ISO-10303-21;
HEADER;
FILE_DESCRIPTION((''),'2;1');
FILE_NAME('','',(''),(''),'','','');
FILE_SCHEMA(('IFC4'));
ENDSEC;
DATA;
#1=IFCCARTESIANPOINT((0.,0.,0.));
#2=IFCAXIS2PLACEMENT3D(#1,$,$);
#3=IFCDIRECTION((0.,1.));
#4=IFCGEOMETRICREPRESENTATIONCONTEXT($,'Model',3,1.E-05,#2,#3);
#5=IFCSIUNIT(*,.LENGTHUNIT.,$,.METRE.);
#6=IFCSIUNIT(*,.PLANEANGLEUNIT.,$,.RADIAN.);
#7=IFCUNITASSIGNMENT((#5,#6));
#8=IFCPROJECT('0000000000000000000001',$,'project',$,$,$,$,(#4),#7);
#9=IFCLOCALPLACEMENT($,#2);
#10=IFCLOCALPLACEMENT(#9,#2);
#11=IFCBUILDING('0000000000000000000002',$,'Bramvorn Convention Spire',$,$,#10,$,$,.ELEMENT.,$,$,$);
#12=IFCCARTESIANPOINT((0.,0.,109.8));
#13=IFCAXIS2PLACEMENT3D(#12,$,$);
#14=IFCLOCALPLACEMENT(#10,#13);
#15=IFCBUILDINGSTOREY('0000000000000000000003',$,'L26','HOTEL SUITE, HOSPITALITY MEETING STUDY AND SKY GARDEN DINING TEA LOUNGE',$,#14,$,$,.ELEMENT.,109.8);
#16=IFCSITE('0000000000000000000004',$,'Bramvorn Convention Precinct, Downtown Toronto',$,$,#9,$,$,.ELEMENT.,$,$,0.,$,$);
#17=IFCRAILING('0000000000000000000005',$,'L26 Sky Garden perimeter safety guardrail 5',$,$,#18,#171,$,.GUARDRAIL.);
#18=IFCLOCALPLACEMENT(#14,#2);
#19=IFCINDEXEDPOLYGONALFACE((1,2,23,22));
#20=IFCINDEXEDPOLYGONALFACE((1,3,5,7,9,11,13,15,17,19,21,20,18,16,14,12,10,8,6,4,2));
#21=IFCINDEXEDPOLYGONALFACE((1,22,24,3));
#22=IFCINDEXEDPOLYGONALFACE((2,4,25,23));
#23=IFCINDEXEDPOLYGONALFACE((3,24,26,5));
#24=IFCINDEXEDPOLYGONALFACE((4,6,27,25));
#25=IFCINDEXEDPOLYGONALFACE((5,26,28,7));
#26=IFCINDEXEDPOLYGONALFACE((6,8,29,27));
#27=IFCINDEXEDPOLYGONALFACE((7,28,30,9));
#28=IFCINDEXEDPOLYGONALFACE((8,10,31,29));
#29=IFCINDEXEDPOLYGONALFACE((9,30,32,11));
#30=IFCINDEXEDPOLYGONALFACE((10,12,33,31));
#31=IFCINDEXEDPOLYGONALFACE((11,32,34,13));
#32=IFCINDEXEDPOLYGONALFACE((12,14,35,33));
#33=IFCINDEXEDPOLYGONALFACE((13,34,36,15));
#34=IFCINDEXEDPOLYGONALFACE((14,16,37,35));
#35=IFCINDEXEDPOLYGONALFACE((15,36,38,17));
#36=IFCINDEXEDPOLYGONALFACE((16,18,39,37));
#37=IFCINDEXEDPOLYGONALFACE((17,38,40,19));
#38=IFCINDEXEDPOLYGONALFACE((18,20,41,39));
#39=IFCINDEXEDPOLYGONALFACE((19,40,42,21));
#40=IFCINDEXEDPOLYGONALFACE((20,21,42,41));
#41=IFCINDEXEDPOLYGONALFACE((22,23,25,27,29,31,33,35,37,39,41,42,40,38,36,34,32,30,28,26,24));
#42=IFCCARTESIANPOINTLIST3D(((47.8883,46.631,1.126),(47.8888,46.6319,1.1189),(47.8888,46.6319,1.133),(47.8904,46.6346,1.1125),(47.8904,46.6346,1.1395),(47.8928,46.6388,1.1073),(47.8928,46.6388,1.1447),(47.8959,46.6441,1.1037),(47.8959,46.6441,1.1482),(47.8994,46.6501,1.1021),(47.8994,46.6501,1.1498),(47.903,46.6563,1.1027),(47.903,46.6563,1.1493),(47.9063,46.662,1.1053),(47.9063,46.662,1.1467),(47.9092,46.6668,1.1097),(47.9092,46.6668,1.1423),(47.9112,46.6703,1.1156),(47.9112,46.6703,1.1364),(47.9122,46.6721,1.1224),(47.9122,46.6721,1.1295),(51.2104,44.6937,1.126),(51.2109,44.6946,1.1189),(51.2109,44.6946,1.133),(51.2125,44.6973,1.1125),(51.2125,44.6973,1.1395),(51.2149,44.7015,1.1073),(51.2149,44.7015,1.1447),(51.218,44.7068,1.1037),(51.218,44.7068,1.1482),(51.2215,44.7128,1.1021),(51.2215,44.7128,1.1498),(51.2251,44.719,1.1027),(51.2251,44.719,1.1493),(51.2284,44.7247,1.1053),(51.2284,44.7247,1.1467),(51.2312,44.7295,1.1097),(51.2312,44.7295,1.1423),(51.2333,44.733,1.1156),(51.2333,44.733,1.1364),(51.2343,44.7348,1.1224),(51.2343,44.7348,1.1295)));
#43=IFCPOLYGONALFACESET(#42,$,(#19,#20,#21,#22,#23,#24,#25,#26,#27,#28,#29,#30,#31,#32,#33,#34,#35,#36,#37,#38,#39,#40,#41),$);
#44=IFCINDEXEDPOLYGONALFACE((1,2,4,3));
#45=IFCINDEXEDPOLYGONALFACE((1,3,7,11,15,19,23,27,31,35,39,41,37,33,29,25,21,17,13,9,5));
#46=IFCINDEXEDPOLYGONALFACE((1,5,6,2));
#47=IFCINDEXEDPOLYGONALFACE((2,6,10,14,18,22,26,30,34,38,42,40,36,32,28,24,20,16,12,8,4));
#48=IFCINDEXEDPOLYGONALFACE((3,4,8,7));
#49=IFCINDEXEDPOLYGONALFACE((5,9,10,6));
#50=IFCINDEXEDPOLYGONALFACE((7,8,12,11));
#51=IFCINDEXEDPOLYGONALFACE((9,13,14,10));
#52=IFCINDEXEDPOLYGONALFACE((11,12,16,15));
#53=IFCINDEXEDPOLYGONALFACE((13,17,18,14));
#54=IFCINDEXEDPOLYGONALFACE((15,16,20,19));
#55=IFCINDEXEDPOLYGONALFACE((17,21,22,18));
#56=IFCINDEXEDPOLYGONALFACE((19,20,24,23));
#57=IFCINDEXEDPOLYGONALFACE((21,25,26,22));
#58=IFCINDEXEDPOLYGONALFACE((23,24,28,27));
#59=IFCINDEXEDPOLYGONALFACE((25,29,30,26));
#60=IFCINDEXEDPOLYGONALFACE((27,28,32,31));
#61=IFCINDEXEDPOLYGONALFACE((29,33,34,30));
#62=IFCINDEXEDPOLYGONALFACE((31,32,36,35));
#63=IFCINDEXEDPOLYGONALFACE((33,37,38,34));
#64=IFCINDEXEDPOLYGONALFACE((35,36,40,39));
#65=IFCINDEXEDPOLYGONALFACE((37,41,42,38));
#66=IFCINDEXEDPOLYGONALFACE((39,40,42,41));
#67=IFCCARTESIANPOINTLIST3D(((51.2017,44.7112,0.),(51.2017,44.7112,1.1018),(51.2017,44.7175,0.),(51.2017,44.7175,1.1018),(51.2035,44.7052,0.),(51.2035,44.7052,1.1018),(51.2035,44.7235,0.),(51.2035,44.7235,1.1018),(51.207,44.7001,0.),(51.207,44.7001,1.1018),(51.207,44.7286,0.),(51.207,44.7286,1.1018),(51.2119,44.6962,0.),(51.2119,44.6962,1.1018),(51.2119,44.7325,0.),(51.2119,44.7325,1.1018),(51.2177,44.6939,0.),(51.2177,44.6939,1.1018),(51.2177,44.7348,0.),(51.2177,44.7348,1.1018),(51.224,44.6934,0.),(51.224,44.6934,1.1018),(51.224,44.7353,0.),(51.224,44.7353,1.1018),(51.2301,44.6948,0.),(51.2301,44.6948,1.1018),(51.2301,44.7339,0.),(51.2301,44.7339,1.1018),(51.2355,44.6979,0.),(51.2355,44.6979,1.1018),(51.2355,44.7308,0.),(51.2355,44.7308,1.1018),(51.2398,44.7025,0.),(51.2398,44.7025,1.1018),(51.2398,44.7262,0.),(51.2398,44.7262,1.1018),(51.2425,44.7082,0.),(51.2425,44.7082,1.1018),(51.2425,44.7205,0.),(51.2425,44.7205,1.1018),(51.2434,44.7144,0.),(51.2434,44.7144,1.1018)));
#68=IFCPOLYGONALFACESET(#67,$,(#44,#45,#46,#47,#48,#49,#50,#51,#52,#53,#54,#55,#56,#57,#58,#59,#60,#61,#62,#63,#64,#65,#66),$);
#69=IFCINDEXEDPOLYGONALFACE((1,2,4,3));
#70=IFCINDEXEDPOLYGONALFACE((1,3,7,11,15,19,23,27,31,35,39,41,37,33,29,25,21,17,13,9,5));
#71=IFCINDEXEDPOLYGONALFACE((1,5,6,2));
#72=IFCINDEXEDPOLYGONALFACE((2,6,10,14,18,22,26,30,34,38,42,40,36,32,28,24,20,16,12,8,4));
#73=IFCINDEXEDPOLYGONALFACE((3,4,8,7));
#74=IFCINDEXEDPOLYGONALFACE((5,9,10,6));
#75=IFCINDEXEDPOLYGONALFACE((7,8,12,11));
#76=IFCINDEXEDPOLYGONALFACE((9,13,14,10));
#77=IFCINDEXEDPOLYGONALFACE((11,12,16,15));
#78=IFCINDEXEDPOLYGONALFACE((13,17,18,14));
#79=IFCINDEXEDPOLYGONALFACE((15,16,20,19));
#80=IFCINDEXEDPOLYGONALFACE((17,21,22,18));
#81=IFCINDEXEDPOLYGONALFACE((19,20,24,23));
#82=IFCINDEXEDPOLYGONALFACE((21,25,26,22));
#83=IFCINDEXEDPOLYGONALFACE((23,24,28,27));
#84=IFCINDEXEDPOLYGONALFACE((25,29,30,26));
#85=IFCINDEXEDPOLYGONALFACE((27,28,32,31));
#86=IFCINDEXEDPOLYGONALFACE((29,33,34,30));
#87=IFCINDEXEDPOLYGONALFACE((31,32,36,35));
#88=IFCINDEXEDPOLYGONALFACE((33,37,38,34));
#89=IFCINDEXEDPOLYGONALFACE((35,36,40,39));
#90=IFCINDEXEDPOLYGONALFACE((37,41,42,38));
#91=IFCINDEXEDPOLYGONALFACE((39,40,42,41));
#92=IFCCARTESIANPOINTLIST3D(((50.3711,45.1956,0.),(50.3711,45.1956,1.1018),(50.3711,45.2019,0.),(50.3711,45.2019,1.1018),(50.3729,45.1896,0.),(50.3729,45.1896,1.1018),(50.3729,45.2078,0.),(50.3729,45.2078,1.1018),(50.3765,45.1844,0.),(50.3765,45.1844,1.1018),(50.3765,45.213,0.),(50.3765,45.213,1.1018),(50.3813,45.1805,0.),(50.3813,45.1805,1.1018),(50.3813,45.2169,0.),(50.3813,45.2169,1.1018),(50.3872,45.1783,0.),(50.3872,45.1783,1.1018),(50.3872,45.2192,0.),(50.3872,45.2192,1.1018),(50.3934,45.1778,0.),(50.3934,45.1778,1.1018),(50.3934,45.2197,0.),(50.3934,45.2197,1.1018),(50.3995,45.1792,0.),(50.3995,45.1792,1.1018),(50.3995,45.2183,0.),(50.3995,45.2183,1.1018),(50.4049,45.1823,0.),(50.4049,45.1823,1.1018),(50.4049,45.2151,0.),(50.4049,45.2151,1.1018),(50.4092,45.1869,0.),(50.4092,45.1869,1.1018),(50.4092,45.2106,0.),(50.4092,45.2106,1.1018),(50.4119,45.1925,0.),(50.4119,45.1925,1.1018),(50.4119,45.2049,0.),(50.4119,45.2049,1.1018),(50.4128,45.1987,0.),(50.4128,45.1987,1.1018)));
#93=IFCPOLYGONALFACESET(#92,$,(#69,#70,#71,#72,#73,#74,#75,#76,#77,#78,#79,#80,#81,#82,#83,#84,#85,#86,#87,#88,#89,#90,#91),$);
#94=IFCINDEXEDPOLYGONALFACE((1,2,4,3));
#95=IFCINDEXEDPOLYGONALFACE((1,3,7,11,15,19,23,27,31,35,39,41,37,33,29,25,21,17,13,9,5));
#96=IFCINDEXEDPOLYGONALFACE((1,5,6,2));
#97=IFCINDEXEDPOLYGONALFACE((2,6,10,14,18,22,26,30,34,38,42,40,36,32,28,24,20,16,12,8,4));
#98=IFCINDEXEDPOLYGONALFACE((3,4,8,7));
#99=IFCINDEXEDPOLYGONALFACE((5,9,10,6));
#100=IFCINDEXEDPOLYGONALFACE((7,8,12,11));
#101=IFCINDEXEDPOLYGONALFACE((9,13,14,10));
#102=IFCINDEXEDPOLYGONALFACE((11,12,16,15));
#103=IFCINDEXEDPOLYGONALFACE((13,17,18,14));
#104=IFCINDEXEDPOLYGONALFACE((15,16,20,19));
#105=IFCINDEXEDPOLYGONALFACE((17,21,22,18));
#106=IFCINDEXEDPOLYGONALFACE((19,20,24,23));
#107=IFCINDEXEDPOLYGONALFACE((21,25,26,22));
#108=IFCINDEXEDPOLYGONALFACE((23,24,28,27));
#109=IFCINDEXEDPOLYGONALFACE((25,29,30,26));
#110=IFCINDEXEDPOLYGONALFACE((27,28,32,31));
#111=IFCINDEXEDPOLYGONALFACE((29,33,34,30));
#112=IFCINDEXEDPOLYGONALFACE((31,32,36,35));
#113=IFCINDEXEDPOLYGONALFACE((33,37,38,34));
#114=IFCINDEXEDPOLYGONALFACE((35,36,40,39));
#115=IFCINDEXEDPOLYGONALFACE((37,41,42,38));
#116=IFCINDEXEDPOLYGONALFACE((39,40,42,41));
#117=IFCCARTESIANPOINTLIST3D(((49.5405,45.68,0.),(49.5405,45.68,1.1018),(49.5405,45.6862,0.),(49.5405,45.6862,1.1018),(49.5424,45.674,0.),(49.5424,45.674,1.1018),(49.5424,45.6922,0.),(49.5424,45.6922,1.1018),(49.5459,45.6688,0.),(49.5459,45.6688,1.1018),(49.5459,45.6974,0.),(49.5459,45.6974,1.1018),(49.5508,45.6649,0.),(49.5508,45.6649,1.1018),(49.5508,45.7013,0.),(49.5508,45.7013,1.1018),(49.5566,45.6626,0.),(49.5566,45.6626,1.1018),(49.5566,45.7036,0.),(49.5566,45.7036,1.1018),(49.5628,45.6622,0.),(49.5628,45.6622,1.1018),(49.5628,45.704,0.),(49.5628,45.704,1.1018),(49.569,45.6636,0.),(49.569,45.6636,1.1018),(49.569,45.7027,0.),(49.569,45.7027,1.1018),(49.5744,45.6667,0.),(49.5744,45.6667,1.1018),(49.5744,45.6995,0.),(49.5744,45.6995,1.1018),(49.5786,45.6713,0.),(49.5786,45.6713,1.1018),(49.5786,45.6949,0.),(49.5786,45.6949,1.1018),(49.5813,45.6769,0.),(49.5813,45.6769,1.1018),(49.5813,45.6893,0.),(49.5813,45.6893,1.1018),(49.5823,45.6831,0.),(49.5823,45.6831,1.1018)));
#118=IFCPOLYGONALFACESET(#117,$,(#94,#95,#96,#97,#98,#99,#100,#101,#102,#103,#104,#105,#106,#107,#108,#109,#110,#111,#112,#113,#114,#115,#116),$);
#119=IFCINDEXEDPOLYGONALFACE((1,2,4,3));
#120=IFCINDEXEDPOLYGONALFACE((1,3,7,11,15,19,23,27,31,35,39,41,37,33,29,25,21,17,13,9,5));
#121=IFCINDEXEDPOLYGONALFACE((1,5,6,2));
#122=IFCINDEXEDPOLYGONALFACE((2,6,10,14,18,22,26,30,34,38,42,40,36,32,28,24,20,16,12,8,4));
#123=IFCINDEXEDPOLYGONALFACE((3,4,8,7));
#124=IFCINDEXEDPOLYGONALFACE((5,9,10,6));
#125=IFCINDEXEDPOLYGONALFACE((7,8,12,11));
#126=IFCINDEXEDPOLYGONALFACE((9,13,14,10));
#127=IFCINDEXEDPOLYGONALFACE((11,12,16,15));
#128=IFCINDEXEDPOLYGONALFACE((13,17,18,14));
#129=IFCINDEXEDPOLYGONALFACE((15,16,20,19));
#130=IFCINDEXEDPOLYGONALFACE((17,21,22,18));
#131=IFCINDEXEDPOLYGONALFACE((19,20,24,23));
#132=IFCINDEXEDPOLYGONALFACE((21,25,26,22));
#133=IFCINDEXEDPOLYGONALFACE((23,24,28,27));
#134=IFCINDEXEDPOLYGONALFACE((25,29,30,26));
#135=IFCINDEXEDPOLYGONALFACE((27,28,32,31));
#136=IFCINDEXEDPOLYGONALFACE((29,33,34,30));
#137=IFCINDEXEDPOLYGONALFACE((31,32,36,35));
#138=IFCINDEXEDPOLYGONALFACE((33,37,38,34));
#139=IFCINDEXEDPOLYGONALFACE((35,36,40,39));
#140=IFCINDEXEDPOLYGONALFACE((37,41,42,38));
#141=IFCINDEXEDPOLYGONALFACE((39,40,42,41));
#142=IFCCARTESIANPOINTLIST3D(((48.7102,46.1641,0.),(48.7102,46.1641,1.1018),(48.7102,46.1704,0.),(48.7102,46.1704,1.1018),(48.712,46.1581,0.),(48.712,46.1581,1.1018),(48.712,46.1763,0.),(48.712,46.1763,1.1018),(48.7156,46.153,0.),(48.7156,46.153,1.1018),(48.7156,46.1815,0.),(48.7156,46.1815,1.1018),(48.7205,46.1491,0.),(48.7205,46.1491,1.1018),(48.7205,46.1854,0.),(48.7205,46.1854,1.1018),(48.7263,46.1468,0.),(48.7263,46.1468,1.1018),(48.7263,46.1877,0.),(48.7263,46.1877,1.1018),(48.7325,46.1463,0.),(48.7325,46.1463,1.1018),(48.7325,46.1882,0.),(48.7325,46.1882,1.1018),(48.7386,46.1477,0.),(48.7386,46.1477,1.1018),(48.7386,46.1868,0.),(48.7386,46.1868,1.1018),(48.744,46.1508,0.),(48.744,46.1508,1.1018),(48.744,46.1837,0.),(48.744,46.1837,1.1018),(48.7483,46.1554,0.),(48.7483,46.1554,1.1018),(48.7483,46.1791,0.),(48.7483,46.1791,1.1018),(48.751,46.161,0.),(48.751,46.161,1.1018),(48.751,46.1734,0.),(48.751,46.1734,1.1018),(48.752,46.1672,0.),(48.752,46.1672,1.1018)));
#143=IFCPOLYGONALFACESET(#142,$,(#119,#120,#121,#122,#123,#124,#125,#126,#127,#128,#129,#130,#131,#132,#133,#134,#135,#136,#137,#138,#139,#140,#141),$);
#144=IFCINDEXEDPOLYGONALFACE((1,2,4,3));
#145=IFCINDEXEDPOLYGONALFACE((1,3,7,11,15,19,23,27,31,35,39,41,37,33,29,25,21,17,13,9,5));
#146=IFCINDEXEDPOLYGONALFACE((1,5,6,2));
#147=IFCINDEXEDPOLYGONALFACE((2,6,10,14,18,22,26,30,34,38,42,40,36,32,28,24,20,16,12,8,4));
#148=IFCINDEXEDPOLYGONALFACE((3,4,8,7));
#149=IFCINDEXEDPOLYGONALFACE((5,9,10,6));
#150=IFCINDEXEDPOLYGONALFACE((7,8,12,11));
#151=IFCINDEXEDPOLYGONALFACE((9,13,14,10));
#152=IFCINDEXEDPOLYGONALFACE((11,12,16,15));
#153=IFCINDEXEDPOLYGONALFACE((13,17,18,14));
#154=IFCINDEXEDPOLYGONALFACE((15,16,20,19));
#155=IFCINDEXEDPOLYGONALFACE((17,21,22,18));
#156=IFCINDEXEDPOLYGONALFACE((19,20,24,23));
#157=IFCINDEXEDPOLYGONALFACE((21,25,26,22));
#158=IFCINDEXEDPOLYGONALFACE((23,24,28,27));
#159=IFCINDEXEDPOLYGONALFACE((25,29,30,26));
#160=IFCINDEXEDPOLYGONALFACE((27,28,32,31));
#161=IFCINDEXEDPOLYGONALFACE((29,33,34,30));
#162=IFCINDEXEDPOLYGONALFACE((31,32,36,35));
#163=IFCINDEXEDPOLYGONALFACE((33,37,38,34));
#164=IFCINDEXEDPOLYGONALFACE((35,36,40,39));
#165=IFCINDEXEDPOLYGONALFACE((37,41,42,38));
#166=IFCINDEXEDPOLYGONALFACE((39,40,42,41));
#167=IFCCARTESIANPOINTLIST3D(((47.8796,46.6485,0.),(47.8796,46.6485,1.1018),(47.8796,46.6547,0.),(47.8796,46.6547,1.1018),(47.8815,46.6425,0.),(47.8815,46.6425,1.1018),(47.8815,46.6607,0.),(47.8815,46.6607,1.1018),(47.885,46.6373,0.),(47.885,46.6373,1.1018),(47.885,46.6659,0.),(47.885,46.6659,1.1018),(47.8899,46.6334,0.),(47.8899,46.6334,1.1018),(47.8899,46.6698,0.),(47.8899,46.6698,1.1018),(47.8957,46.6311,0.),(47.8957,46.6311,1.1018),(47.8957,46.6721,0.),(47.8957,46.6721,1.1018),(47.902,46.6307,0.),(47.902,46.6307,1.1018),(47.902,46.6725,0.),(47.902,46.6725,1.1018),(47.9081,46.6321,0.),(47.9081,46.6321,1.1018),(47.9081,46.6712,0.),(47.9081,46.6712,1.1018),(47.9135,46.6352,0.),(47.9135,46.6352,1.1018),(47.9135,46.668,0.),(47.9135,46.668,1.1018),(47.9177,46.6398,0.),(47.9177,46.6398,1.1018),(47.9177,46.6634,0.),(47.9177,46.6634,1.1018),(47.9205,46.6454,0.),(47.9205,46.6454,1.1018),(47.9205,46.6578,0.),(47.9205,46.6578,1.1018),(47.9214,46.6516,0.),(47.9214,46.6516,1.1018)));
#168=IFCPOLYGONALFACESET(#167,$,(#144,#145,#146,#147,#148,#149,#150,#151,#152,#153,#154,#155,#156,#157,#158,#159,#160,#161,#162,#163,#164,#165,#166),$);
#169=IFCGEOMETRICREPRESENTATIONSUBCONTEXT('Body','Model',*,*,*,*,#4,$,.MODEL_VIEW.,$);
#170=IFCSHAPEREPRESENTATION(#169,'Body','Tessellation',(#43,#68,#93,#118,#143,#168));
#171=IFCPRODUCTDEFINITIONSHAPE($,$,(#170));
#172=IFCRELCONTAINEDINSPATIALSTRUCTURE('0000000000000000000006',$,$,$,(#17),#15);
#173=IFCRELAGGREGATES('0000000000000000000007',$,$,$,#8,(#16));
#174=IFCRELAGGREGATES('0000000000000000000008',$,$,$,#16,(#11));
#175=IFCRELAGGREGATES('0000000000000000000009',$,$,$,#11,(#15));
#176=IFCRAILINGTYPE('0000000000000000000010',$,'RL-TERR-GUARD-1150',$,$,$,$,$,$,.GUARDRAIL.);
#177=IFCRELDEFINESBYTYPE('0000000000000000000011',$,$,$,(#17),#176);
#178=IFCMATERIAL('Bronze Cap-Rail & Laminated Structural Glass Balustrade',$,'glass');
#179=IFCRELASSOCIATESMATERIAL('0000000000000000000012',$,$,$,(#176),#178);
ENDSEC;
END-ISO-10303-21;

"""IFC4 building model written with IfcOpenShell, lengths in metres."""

from ifc_helpers import new_model, si_unit, direction, frame, origin, origin_2d, place, context, subcontext, project, spatial, circle, extrude, material, type_object, element, save


model = new_model("IFC4")

# Units and contexts
model_context = context("Model", 3, precision=1e-05, world=origin(), true_north=direction((0.0, 1.0)))
body_context = subcontext(model_context, "Body", "Model", "MODEL_VIEW")
ifc_project = project(units=[si_unit("LENGTHUNIT", "METRE"), si_unit("PLANEANGLEUNIT", "RADIAN")], contexts=[model_context])

# Site, building, storey
site_placement = place(None, origin())
site = spatial("IfcSite", under=ifc_project, at=site_placement, Name="Bramvorn Convention Precinct, Downtown Toronto", CompositionType="ELEMENT", RefElevation=0.0)
building_placement = place(site_placement, origin())
building = spatial("IfcBuilding", under=site, at=building_placement, Name="Bramvorn Convention Spire", CompositionType="ELEMENT")
storey_placement = place(building_placement, frame((0.0, 0.0, 109.8)))
storey = spatial("IfcBuildingStorey", under=building, at=storey_placement, Name="L26", Description="HOTEL SUITE, HOSPITALITY MEETING STUDY AND SKY GARDEN DINING TEA LOUNGE", CompositionType="ELEMENT", Elevation=109.8)

# Railing
ifc_material_1 = material(Name="Bronze Cap-Rail & Laminated Structural Glass Balustrade", Category="glass")
railing_type = type_object("IfcRailingType", Name="RL-TERR-GUARD-1150", PredefinedType="GUARDRAIL", material=ifc_material_1)
railing_1_placement = place(storey_placement, frame((51.2224, 44.7144, 0.0)))
element("IfcRailing", 1, at=railing_1_placement, inside=storey, type_object=railing_type, Name="L26 Sky Garden perimeter safety guardrail 5", PredefinedType="GUARDRAIL", context=body_context, shape_type="SweptSolid", body=[
    extrude(circle(Radius=0.0239, at=origin_2d()), frame((0.0, 0.0, 1.126), z_axis=(-0.863846, 0.503757, 0.0), x_axis=(-0.503757, -0.863846, 0.0)), (0.0, 0.0, 1.0), 3.8457),
    extrude(circle(Radius=0.021, at=origin_2d()), origin(), (0.0, 0.0, 1.0), 1.1018),
    extrude(circle(Radius=0.021, at=origin_2d()), frame((-0.8306, 0.4844, 0.0)), (0.0, 0.0, 1.0), 1.1018),
    extrude(circle(Radius=0.021, at=origin_2d()), frame((-1.6611, 0.9688, 0.0)), (0.0, 0.0, 1.0), 1.1018),
    extrude(circle(Radius=0.021, at=origin_2d()), frame((-2.4915, 1.4529, 0.0)), (0.0, 0.0, 1.0), 1.1018),
    extrude(circle(Radius=0.021, at=origin_2d()), frame((-3.322, 1.9373, 0.0)), (0.0, 0.0, 1.0), 1.1018),
])

save(model, "model.ifc")
